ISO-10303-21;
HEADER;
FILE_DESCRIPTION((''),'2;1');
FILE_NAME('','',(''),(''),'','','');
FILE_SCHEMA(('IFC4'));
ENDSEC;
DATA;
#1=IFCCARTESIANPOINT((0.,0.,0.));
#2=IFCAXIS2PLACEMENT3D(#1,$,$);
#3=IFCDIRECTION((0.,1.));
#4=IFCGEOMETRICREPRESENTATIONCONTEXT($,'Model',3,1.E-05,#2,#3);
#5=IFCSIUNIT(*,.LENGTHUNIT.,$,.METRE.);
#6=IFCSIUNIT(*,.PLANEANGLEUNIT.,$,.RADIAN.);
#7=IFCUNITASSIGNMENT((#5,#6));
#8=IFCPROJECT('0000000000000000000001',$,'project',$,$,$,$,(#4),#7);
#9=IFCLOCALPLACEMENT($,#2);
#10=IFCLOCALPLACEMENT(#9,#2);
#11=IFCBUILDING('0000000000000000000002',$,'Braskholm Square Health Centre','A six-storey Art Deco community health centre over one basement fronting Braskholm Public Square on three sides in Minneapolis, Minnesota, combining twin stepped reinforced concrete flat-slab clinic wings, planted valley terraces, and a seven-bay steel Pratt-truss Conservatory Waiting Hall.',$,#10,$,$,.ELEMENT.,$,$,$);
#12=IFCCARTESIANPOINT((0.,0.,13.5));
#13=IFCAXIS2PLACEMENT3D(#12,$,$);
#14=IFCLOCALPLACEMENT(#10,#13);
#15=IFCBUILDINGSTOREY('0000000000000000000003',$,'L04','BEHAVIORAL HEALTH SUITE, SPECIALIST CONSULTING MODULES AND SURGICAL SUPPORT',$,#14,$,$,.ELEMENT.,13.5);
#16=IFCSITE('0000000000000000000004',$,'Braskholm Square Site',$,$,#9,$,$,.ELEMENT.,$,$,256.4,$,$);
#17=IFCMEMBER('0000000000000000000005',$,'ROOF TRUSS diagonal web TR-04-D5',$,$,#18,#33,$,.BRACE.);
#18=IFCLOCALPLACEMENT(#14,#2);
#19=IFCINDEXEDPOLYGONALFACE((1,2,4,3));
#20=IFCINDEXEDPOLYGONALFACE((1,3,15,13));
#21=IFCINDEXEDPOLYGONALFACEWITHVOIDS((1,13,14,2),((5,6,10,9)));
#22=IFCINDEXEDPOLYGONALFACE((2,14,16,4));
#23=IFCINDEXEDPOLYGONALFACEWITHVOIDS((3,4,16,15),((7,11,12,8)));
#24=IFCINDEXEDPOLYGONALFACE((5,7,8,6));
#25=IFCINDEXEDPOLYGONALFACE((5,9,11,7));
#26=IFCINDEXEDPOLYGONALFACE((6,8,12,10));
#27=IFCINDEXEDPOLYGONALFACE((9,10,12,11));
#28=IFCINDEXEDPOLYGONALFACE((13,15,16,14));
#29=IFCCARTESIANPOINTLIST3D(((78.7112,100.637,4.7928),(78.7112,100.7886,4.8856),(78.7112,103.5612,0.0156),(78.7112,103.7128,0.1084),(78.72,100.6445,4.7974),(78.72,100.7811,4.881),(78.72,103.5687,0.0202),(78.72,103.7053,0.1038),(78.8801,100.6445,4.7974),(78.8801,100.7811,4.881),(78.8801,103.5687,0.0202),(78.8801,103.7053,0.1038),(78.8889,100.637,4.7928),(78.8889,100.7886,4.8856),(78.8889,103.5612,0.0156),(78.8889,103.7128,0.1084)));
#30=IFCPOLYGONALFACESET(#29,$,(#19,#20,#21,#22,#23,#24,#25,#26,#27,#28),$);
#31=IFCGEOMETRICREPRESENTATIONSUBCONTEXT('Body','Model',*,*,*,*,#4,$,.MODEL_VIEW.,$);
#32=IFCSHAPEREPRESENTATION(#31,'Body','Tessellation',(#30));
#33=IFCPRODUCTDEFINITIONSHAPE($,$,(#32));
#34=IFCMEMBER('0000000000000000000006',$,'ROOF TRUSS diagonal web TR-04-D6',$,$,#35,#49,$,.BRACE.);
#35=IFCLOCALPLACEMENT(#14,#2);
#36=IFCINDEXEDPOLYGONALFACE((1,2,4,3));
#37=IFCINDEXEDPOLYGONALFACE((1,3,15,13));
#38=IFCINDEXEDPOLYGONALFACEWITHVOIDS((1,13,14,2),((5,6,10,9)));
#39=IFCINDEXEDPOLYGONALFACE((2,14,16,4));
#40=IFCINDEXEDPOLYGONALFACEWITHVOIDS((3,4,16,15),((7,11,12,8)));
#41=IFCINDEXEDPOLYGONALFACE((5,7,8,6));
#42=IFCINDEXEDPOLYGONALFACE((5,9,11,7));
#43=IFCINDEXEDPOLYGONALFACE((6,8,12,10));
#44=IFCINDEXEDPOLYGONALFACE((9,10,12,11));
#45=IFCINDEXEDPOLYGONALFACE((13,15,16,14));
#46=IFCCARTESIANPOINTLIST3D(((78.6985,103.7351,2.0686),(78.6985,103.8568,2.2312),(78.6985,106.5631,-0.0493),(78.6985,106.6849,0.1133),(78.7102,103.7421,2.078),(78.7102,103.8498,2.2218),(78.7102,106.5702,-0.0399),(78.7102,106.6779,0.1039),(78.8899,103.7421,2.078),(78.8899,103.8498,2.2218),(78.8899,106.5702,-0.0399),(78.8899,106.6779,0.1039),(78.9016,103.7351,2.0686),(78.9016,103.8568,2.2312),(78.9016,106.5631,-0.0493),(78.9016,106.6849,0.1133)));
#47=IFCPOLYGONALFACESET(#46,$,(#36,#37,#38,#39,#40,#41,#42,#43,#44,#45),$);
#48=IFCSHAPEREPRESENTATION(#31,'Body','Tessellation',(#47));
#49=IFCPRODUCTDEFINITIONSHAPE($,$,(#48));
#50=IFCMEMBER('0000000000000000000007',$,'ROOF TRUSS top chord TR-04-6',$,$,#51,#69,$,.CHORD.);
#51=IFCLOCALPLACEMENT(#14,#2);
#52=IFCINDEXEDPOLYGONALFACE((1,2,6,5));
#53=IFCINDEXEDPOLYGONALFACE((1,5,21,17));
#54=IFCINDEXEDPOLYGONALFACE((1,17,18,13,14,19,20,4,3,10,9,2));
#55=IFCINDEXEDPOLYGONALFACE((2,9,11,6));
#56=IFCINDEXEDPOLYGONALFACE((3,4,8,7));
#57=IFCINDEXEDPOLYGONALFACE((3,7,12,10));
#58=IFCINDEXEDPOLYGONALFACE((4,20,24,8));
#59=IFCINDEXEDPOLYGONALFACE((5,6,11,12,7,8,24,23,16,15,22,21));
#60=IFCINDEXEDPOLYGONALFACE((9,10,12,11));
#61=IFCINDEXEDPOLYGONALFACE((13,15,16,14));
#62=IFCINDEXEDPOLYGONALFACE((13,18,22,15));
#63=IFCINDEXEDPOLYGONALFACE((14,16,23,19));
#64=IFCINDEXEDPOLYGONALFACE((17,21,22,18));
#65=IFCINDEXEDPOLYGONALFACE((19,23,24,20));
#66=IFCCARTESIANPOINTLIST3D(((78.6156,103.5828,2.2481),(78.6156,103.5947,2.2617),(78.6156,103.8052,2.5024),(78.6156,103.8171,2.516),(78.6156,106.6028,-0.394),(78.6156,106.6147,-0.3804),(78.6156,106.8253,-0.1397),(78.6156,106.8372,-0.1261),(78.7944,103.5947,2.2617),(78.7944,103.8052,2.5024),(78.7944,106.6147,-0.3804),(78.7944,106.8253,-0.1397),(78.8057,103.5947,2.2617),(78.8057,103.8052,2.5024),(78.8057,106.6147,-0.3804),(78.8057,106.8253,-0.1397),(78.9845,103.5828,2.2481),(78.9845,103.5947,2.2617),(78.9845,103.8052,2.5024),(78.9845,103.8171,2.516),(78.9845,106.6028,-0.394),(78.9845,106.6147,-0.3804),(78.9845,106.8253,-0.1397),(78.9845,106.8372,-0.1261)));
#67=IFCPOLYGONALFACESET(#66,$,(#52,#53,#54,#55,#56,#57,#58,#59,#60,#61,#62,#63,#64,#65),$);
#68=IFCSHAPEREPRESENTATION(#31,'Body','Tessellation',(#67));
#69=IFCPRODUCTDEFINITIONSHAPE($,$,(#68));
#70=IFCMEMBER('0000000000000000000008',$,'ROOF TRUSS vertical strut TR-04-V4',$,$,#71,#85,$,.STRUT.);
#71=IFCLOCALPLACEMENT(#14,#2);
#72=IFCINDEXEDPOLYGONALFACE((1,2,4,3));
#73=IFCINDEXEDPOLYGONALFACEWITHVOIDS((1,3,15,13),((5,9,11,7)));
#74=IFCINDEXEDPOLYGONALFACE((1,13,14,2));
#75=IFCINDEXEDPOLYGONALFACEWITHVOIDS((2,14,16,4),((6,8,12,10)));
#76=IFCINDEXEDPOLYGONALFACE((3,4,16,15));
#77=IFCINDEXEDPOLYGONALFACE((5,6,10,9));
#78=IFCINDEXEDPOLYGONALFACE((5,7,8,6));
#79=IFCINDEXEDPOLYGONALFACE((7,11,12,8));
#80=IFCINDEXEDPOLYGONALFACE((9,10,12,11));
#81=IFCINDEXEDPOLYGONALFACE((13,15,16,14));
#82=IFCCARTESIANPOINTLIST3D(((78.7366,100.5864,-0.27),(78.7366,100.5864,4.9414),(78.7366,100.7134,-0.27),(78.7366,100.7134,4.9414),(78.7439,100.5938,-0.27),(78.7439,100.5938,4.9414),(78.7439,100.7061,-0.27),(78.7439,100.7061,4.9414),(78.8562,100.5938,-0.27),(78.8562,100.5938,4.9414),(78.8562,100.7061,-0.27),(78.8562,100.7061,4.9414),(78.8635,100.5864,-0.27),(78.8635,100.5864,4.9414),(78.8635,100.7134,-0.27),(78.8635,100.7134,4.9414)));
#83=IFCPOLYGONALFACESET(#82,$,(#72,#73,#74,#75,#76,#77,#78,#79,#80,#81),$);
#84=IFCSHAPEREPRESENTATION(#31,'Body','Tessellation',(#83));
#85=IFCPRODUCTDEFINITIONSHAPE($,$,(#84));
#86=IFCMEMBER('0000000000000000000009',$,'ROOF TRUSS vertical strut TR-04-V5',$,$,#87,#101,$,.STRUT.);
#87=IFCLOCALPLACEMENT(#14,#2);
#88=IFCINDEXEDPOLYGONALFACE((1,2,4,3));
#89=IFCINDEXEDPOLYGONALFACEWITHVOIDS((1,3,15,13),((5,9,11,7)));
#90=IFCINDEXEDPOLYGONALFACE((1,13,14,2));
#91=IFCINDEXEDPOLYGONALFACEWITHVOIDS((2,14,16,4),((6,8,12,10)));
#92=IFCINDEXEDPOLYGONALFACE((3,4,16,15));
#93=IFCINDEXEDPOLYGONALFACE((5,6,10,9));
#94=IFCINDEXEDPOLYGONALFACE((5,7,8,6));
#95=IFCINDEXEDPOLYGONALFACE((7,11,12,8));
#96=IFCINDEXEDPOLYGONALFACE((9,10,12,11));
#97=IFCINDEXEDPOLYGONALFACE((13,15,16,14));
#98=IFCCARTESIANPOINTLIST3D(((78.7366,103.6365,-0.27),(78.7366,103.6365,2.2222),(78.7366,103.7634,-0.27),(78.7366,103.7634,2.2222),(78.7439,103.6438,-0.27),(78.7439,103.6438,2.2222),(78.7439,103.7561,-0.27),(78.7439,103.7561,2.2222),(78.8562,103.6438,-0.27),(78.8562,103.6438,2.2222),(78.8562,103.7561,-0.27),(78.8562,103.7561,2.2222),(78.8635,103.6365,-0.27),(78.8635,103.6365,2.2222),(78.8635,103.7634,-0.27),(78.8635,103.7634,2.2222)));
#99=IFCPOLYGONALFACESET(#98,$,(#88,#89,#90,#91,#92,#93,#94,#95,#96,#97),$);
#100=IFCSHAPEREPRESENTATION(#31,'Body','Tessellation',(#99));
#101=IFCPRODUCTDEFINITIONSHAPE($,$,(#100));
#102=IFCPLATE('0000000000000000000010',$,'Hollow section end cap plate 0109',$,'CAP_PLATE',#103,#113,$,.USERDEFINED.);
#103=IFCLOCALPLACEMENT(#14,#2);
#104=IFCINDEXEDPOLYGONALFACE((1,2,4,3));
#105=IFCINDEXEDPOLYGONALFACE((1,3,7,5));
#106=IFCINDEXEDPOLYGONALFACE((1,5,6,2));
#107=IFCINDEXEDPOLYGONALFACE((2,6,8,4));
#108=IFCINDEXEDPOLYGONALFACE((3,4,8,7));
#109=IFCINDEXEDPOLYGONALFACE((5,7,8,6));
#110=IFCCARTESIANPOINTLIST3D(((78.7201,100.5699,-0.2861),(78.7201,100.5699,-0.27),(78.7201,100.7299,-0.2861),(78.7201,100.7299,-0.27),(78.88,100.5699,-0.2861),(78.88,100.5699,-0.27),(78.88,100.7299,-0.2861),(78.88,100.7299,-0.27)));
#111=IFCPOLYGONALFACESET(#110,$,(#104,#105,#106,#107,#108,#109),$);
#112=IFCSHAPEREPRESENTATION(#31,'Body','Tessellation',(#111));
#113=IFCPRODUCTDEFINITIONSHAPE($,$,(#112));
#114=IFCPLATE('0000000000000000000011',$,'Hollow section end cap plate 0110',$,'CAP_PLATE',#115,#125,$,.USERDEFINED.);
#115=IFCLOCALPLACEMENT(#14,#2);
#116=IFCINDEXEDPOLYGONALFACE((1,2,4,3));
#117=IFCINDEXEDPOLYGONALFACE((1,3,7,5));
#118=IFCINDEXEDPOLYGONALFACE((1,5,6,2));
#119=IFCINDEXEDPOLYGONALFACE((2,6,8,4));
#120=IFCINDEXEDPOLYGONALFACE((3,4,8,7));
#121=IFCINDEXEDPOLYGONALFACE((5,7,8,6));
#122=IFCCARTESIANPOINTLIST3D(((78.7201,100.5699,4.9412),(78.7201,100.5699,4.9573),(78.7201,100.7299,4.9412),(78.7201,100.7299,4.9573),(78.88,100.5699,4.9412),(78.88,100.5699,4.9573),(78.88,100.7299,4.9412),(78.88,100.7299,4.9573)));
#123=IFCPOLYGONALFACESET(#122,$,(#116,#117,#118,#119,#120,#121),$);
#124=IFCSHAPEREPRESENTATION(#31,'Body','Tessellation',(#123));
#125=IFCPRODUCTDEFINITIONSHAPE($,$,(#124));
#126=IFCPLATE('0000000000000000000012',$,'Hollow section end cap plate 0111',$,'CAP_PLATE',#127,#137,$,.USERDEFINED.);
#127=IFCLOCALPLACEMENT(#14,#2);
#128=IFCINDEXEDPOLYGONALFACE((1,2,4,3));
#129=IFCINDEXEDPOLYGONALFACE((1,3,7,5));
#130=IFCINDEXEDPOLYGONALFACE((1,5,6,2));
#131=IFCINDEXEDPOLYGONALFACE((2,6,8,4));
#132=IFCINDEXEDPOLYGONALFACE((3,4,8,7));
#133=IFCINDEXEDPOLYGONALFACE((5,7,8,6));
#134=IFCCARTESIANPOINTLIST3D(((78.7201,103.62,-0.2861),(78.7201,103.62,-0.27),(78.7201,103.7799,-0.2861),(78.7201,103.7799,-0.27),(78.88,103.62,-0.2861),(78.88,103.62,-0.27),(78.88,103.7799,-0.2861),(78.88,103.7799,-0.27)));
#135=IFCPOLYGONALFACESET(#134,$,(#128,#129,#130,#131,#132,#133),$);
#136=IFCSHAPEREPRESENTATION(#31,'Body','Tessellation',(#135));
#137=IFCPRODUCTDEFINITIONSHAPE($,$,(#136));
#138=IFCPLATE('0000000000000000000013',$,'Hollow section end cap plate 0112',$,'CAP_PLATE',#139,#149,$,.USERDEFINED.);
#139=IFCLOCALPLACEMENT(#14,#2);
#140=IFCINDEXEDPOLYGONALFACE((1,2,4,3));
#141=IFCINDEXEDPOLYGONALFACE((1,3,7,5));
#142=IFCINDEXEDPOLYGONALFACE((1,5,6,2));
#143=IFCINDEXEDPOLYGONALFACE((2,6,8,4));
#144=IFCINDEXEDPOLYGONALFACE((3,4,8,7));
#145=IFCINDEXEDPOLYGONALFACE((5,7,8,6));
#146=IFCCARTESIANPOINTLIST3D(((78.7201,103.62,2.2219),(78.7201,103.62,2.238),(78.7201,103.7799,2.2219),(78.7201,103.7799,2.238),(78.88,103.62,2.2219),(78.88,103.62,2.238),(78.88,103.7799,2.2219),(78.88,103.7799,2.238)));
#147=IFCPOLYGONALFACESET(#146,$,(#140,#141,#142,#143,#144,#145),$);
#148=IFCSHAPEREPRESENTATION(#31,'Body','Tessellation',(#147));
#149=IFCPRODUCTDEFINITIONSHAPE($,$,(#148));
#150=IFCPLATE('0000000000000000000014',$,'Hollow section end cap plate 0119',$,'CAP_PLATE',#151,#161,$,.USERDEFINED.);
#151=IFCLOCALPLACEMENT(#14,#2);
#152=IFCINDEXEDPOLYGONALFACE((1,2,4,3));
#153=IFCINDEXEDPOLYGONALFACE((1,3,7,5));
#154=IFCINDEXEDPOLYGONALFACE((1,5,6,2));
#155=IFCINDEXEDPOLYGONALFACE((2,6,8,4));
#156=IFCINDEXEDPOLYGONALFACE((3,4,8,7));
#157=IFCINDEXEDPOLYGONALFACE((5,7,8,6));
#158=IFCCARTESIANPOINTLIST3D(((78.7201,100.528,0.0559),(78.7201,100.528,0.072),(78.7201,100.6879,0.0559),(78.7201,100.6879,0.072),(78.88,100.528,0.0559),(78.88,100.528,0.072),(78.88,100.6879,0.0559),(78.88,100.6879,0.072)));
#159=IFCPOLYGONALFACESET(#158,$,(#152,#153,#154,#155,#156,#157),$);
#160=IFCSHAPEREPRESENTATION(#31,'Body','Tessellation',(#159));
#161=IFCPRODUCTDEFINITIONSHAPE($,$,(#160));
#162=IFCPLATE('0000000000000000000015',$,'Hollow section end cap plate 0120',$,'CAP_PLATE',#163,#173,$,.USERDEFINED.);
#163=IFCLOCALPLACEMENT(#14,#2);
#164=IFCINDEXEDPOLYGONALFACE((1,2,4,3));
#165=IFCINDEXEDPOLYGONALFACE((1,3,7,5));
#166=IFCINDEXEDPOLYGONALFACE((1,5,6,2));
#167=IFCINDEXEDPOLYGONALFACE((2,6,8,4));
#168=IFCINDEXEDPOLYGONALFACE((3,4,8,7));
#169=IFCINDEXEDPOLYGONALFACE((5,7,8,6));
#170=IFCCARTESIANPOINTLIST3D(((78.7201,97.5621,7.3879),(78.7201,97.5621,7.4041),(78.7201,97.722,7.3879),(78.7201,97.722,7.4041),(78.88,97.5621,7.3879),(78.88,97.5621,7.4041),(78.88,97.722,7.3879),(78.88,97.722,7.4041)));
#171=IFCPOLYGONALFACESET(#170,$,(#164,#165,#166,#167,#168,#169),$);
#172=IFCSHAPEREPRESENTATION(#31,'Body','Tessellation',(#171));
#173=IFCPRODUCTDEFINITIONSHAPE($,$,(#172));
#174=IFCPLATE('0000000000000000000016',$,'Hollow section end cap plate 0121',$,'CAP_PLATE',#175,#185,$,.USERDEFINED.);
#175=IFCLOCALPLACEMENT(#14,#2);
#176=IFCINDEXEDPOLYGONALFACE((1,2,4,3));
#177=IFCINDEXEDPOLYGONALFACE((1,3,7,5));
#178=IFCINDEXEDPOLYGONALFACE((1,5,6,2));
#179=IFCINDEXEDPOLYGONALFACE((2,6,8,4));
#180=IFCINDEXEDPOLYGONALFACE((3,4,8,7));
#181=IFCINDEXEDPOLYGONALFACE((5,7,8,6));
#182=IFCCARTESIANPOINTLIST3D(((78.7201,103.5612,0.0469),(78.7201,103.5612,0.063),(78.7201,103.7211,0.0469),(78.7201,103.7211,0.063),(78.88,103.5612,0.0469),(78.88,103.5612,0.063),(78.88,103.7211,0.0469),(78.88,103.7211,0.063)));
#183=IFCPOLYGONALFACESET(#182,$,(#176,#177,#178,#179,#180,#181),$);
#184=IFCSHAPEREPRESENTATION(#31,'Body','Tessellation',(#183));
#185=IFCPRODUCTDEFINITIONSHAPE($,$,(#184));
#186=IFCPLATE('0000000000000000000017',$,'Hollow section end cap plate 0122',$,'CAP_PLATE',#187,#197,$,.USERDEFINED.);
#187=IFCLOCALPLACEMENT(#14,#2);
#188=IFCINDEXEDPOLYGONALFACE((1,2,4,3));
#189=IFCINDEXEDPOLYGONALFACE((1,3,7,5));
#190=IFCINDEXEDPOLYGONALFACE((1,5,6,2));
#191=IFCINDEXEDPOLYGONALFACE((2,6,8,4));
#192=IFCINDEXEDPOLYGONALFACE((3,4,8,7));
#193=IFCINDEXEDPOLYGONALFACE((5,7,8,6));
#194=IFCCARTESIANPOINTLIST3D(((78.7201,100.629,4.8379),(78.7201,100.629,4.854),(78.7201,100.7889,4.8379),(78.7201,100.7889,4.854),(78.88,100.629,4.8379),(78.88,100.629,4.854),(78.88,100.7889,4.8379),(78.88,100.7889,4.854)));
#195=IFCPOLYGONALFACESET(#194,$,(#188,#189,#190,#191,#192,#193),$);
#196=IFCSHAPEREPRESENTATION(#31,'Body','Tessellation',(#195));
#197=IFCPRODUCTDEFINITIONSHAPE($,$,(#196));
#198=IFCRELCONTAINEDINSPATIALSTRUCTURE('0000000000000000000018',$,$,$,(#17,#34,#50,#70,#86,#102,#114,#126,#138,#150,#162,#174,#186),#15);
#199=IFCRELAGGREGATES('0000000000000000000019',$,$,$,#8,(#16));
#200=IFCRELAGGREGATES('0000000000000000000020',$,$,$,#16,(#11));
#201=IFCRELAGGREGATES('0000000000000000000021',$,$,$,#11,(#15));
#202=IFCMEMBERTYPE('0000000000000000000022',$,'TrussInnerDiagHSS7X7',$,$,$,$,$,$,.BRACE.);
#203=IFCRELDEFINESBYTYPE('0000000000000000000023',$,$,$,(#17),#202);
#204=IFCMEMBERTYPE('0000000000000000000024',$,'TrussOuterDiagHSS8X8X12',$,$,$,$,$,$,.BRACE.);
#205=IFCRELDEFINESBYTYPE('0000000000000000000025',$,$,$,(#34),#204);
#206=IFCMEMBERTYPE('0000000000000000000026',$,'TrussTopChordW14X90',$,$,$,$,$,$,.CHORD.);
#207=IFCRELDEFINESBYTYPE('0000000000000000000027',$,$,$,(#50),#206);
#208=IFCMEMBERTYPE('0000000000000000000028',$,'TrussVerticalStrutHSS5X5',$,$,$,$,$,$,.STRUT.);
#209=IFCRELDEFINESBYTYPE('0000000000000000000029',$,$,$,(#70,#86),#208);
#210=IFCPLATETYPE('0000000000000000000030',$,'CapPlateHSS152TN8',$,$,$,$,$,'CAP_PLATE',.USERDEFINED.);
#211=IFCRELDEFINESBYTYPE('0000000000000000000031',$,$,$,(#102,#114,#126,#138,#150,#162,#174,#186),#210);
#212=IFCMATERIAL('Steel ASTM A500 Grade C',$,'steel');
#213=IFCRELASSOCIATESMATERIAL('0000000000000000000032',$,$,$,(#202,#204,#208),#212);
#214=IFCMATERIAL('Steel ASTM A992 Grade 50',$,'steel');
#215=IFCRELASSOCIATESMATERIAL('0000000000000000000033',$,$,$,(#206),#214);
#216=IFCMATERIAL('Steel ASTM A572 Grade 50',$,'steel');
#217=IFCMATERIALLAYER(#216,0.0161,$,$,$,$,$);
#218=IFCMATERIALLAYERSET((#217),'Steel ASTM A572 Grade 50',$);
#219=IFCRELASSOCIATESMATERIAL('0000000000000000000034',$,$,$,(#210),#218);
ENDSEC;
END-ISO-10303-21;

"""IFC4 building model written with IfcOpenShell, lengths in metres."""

from ifc_helpers import new_model, si_unit, direction, frame, origin, origin_2d, place, context, subcontext, project, spatial, rectangle, hollow_rectangle, i_section, extrude, material, layer, layer_set, material_profile, profile_set, type_object, element, save


model = new_model("IFC4")

# Units and contexts
model_context = context("Model", 3, precision=1e-05, world=origin(), true_north=direction((0.0, 1.0)))
body_context = subcontext(model_context, "Body", "Model", "MODEL_VIEW")
ifc_project = project(units=[si_unit("LENGTHUNIT", "METRE"), si_unit("PLANEANGLEUNIT", "RADIAN")], contexts=[model_context])

# Site, building, storey
site_placement = place(None, origin())
site = spatial("IfcSite", under=ifc_project, at=site_placement, Name="Braskholm Square Site", CompositionType="ELEMENT", RefElevation=256.4)
building_placement = place(site_placement, origin())
building = spatial("IfcBuilding", under=site, at=building_placement, Name="Braskholm Square Health Centre", Description="A six-storey Art Deco community health centre over one basement fronting Braskholm Public Square on three sides in Minneapolis, Minnesota, combining twin stepped reinforced concrete flat-slab clinic wings, planted valley terraces, and a seven-bay steel Pratt-truss Conservatory Waiting Hall.", CompositionType="ELEMENT")
storey_placement = place(building_placement, frame((0.0, 0.0, 13.5)))
storey = spatial("IfcBuildingStorey", under=building, at=storey_placement, Name="L04", Description="BEHAVIORAL HEALTH SUITE, SPECIALIST CONSULTING MODULES AND SURGICAL SUPPORT", CompositionType="ELEMENT", Elevation=13.5)

# Shared definitions
ifc_material_1 = material(Name="Steel ASTM A500 Grade C", Category="steel")

# Shared definitions
ifc_material_2 = material(Name="Steel ASTM A992 Grade 50", Category="steel")

# Members
ifc_material_profile_1 = material_profile(ifc_material_1, hollow_rectangle(XDim=0.1777, YDim=0.1777, WallThickness=0.0088, at=origin_2d()), Name="HSS7X7X3/8")
ifc_profile_set_1 = profile_set([ifc_material_profile_1], Name="Steel ASTM A500 Grade C")
member_type_1 = type_object("IfcMemberType", Name="TrussInnerDiagHSS7X7", PredefinedType="BRACE", material=ifc_profile_set_1)
member_1_placement = place(storey_placement, frame((78.8, 103.637, 0.062), z_axis=(0.0, -0.522065, 0.852906), x_axis=(1.0, 0.0, 0.0)))
element("IfcMember", 1, at=member_1_placement, inside=storey, type_object=member_type_1, Name="ROOF TRUSS diagonal web TR-04-D5", PredefinedType="BRACE", context=body_context, shape_type="SweptSolid", body=[
    extrude(hollow_rectangle(XDim=0.1777, YDim=0.1777, WallThickness=0.0088, at=origin_2d()), origin(), (0.0, 0.0, 1.0), 5.6011),
])
ifc_material_profile_2 = material_profile(ifc_material_1, hollow_rectangle(XDim=0.2031, YDim=0.2031, WallThickness=0.0117, at=origin_2d()), Name="HSS8X8X1/2")
ifc_profile_set_2 = profile_set([ifc_material_profile_2], Name="Steel ASTM A500 Grade C")
member_type_2 = type_object("IfcMemberType", Name="TrussOuterDiagHSS8X8X12", PredefinedType="BRACE", material=ifc_profile_set_2)
member_2_placement = place(storey_placement, frame((78.8, 106.624, 0.032), z_axis=(0.0, -0.800431, 0.599425), x_axis=(1.0, 0.0, 0.0)))
element("IfcMember", 2, at=member_2_placement, inside=storey, type_object=member_type_2, Name="ROOF TRUSS diagonal web TR-04-D6", PredefinedType="BRACE", context=body_context, shape_type="SweptSolid", body=[
    extrude(hollow_rectangle(XDim=0.2031, YDim=0.2031, WallThickness=0.0117, at=origin_2d()), origin(), (0.0, 0.0, 1.0), 3.5332),
])
ifc_material_profile_3 = material_profile(ifc_material_2, i_section(OverallWidth=0.3689, OverallDepth=0.356, WebThickness=0.0112, FlangeThickness=0.0181, at=origin_2d()), Name="W14X90")
ifc_profile_set_3 = profile_set([ifc_material_profile_3], Name="Steel ASTM A992 Grade 50")
member_type_3 = type_object("IfcMemberType", Name="TrussTopChordW14X90", PredefinedType="CHORD", material=ifc_profile_set_3)
member_3_placement = place(storey_placement, frame((78.8, 103.7, 2.3821), z_axis=(0.0, 0.752629, -0.658444), x_axis=(-1.0, 0.0, 0.0)))
element("IfcMember", 3, at=member_3_placement, inside=storey, type_object=member_type_3, Name="ROOF TRUSS top chord TR-04-6", PredefinedType="CHORD", context=body_context, shape_type="SweptSolid", body=[
    extrude(i_section(OverallWidth=0.3689, OverallDepth=0.356, WebThickness=0.0112, FlangeThickness=0.0181, at=origin_2d()), origin(), (0.0, 0.0, 1.0), 4.0127),
])
ifc_material_profile_4 = material_profile(ifc_material_1, hollow_rectangle(XDim=0.127, YDim=0.127, WallThickness=0.0073, at=origin_2d()), Name="HSS5X5X5/16")
ifc_profile_set_4 = profile_set([ifc_material_profile_4], Name="Steel ASTM A500 Grade C")
member_type_4 = type_object("IfcMemberType", Name="TrussVerticalStrutHSS5X5", PredefinedType="STRUT", material=ifc_profile_set_4)
member_4_placement = place(storey_placement, frame((78.8, 100.6499, -0.27), z_axis=(0.0, 0.0, 1.0), x_axis=(1.0, 0.0, 0.0)))
element("IfcMember", 4, at=member_4_placement, inside=storey, type_object=member_type_4, Name="ROOF TRUSS vertical strut TR-04-V4", PredefinedType="STRUT", context=body_context, shape_type="SweptSolid", body=[
    extrude(hollow_rectangle(XDim=0.127, YDim=0.127, WallThickness=0.0073, at=origin_2d()), origin(), (0.0, 0.0, 1.0), 5.2114),
])
member_5_placement = place(storey_placement, frame((78.8, 103.7, -0.27), z_axis=(0.0, 0.0, 1.0), x_axis=(1.0, 0.0, 0.0)))
element("IfcMember", 5, at=member_5_placement, inside=storey, type_object=member_type_4, Name="ROOF TRUSS vertical strut TR-04-V5", PredefinedType="STRUT", context=body_context, shape_type="SweptSolid", body=[
    extrude(hollow_rectangle(XDim=0.127, YDim=0.127, WallThickness=0.0073, at=origin_2d()), origin(), (0.0, 0.0, 1.0), 2.4922),
])

# Plates
ifc_material_3 = material(Name="Steel ASTM A572 Grade 50", Category="steel")
ifc_layer_1 = layer(ifc_material_3, 0.0161)
ifc_layer_set_1 = layer_set([ifc_layer_1], Name="Steel ASTM A572 Grade 50")
plate_type_1 = type_object("IfcPlateType", Name="CapPlateHSS152TN8", ElementType="CAP_PLATE", PredefinedType="USERDEFINED", material=ifc_layer_set_1)
for number, where, z_axis, x_axis, name in (
    (6, (78.8, 100.6499, -0.2861), (0.0, 0.0, 1.0), (1.0, 0.0, 0.0), "Hollow section end cap plate 0109"),
    (7, (78.8, 100.6499, 4.9412), (0.0, 0.0, 1.0), (1.0, 0.0, 0.0), "Hollow section end cap plate 0110"),
    (8, (78.8, 103.7, -0.2861), (0.0, 0.0, 1.0), (1.0, 0.0, 0.0), "Hollow section end cap plate 0111"),
    (9, (78.8, 103.7, 2.2219), (0.0, 0.0, 1.0), (1.0, 0.0, 0.0), "Hollow section end cap plate 0112"),
    (10, (78.8, 100.6079, 0.0559), (0.0, 0.0, 1.0), (1.0, 0.0, 0.0), "Hollow section end cap plate 0119"),
    (11, (78.8, 97.6421, 7.3879), (0.0, 0.0, 1.0), (1.0, 0.0, 0.0), "Hollow section end cap plate 0120"),
    (12, (78.8, 103.6411, 0.0469), (0.0, 0.0, 1.0), (1.0, 0.0, 0.0), "Hollow section end cap plate 0121"),
    (13, (78.8, 100.709, 4.8379), (0.0, 0.0, 1.0), (1.0, 0.0, 0.0), "Hollow section end cap plate 0122"),
):
    element("IfcPlate", number, at=place(storey_placement, frame(where, z_axis=z_axis, x_axis=x_axis)), inside=storey, type_object=plate_type_1, Name=name, ObjectType="CAP_PLATE", PredefinedType="USERDEFINED", context=body_context, shape_type="SweptSolid", body=[
        extrude(rectangle(XDim=0.1599, YDim=0.1599, at=origin_2d()), origin(), (0.0, 0.0, 1.0), 0.0161),
    ])

save(model, "model.ifc")
